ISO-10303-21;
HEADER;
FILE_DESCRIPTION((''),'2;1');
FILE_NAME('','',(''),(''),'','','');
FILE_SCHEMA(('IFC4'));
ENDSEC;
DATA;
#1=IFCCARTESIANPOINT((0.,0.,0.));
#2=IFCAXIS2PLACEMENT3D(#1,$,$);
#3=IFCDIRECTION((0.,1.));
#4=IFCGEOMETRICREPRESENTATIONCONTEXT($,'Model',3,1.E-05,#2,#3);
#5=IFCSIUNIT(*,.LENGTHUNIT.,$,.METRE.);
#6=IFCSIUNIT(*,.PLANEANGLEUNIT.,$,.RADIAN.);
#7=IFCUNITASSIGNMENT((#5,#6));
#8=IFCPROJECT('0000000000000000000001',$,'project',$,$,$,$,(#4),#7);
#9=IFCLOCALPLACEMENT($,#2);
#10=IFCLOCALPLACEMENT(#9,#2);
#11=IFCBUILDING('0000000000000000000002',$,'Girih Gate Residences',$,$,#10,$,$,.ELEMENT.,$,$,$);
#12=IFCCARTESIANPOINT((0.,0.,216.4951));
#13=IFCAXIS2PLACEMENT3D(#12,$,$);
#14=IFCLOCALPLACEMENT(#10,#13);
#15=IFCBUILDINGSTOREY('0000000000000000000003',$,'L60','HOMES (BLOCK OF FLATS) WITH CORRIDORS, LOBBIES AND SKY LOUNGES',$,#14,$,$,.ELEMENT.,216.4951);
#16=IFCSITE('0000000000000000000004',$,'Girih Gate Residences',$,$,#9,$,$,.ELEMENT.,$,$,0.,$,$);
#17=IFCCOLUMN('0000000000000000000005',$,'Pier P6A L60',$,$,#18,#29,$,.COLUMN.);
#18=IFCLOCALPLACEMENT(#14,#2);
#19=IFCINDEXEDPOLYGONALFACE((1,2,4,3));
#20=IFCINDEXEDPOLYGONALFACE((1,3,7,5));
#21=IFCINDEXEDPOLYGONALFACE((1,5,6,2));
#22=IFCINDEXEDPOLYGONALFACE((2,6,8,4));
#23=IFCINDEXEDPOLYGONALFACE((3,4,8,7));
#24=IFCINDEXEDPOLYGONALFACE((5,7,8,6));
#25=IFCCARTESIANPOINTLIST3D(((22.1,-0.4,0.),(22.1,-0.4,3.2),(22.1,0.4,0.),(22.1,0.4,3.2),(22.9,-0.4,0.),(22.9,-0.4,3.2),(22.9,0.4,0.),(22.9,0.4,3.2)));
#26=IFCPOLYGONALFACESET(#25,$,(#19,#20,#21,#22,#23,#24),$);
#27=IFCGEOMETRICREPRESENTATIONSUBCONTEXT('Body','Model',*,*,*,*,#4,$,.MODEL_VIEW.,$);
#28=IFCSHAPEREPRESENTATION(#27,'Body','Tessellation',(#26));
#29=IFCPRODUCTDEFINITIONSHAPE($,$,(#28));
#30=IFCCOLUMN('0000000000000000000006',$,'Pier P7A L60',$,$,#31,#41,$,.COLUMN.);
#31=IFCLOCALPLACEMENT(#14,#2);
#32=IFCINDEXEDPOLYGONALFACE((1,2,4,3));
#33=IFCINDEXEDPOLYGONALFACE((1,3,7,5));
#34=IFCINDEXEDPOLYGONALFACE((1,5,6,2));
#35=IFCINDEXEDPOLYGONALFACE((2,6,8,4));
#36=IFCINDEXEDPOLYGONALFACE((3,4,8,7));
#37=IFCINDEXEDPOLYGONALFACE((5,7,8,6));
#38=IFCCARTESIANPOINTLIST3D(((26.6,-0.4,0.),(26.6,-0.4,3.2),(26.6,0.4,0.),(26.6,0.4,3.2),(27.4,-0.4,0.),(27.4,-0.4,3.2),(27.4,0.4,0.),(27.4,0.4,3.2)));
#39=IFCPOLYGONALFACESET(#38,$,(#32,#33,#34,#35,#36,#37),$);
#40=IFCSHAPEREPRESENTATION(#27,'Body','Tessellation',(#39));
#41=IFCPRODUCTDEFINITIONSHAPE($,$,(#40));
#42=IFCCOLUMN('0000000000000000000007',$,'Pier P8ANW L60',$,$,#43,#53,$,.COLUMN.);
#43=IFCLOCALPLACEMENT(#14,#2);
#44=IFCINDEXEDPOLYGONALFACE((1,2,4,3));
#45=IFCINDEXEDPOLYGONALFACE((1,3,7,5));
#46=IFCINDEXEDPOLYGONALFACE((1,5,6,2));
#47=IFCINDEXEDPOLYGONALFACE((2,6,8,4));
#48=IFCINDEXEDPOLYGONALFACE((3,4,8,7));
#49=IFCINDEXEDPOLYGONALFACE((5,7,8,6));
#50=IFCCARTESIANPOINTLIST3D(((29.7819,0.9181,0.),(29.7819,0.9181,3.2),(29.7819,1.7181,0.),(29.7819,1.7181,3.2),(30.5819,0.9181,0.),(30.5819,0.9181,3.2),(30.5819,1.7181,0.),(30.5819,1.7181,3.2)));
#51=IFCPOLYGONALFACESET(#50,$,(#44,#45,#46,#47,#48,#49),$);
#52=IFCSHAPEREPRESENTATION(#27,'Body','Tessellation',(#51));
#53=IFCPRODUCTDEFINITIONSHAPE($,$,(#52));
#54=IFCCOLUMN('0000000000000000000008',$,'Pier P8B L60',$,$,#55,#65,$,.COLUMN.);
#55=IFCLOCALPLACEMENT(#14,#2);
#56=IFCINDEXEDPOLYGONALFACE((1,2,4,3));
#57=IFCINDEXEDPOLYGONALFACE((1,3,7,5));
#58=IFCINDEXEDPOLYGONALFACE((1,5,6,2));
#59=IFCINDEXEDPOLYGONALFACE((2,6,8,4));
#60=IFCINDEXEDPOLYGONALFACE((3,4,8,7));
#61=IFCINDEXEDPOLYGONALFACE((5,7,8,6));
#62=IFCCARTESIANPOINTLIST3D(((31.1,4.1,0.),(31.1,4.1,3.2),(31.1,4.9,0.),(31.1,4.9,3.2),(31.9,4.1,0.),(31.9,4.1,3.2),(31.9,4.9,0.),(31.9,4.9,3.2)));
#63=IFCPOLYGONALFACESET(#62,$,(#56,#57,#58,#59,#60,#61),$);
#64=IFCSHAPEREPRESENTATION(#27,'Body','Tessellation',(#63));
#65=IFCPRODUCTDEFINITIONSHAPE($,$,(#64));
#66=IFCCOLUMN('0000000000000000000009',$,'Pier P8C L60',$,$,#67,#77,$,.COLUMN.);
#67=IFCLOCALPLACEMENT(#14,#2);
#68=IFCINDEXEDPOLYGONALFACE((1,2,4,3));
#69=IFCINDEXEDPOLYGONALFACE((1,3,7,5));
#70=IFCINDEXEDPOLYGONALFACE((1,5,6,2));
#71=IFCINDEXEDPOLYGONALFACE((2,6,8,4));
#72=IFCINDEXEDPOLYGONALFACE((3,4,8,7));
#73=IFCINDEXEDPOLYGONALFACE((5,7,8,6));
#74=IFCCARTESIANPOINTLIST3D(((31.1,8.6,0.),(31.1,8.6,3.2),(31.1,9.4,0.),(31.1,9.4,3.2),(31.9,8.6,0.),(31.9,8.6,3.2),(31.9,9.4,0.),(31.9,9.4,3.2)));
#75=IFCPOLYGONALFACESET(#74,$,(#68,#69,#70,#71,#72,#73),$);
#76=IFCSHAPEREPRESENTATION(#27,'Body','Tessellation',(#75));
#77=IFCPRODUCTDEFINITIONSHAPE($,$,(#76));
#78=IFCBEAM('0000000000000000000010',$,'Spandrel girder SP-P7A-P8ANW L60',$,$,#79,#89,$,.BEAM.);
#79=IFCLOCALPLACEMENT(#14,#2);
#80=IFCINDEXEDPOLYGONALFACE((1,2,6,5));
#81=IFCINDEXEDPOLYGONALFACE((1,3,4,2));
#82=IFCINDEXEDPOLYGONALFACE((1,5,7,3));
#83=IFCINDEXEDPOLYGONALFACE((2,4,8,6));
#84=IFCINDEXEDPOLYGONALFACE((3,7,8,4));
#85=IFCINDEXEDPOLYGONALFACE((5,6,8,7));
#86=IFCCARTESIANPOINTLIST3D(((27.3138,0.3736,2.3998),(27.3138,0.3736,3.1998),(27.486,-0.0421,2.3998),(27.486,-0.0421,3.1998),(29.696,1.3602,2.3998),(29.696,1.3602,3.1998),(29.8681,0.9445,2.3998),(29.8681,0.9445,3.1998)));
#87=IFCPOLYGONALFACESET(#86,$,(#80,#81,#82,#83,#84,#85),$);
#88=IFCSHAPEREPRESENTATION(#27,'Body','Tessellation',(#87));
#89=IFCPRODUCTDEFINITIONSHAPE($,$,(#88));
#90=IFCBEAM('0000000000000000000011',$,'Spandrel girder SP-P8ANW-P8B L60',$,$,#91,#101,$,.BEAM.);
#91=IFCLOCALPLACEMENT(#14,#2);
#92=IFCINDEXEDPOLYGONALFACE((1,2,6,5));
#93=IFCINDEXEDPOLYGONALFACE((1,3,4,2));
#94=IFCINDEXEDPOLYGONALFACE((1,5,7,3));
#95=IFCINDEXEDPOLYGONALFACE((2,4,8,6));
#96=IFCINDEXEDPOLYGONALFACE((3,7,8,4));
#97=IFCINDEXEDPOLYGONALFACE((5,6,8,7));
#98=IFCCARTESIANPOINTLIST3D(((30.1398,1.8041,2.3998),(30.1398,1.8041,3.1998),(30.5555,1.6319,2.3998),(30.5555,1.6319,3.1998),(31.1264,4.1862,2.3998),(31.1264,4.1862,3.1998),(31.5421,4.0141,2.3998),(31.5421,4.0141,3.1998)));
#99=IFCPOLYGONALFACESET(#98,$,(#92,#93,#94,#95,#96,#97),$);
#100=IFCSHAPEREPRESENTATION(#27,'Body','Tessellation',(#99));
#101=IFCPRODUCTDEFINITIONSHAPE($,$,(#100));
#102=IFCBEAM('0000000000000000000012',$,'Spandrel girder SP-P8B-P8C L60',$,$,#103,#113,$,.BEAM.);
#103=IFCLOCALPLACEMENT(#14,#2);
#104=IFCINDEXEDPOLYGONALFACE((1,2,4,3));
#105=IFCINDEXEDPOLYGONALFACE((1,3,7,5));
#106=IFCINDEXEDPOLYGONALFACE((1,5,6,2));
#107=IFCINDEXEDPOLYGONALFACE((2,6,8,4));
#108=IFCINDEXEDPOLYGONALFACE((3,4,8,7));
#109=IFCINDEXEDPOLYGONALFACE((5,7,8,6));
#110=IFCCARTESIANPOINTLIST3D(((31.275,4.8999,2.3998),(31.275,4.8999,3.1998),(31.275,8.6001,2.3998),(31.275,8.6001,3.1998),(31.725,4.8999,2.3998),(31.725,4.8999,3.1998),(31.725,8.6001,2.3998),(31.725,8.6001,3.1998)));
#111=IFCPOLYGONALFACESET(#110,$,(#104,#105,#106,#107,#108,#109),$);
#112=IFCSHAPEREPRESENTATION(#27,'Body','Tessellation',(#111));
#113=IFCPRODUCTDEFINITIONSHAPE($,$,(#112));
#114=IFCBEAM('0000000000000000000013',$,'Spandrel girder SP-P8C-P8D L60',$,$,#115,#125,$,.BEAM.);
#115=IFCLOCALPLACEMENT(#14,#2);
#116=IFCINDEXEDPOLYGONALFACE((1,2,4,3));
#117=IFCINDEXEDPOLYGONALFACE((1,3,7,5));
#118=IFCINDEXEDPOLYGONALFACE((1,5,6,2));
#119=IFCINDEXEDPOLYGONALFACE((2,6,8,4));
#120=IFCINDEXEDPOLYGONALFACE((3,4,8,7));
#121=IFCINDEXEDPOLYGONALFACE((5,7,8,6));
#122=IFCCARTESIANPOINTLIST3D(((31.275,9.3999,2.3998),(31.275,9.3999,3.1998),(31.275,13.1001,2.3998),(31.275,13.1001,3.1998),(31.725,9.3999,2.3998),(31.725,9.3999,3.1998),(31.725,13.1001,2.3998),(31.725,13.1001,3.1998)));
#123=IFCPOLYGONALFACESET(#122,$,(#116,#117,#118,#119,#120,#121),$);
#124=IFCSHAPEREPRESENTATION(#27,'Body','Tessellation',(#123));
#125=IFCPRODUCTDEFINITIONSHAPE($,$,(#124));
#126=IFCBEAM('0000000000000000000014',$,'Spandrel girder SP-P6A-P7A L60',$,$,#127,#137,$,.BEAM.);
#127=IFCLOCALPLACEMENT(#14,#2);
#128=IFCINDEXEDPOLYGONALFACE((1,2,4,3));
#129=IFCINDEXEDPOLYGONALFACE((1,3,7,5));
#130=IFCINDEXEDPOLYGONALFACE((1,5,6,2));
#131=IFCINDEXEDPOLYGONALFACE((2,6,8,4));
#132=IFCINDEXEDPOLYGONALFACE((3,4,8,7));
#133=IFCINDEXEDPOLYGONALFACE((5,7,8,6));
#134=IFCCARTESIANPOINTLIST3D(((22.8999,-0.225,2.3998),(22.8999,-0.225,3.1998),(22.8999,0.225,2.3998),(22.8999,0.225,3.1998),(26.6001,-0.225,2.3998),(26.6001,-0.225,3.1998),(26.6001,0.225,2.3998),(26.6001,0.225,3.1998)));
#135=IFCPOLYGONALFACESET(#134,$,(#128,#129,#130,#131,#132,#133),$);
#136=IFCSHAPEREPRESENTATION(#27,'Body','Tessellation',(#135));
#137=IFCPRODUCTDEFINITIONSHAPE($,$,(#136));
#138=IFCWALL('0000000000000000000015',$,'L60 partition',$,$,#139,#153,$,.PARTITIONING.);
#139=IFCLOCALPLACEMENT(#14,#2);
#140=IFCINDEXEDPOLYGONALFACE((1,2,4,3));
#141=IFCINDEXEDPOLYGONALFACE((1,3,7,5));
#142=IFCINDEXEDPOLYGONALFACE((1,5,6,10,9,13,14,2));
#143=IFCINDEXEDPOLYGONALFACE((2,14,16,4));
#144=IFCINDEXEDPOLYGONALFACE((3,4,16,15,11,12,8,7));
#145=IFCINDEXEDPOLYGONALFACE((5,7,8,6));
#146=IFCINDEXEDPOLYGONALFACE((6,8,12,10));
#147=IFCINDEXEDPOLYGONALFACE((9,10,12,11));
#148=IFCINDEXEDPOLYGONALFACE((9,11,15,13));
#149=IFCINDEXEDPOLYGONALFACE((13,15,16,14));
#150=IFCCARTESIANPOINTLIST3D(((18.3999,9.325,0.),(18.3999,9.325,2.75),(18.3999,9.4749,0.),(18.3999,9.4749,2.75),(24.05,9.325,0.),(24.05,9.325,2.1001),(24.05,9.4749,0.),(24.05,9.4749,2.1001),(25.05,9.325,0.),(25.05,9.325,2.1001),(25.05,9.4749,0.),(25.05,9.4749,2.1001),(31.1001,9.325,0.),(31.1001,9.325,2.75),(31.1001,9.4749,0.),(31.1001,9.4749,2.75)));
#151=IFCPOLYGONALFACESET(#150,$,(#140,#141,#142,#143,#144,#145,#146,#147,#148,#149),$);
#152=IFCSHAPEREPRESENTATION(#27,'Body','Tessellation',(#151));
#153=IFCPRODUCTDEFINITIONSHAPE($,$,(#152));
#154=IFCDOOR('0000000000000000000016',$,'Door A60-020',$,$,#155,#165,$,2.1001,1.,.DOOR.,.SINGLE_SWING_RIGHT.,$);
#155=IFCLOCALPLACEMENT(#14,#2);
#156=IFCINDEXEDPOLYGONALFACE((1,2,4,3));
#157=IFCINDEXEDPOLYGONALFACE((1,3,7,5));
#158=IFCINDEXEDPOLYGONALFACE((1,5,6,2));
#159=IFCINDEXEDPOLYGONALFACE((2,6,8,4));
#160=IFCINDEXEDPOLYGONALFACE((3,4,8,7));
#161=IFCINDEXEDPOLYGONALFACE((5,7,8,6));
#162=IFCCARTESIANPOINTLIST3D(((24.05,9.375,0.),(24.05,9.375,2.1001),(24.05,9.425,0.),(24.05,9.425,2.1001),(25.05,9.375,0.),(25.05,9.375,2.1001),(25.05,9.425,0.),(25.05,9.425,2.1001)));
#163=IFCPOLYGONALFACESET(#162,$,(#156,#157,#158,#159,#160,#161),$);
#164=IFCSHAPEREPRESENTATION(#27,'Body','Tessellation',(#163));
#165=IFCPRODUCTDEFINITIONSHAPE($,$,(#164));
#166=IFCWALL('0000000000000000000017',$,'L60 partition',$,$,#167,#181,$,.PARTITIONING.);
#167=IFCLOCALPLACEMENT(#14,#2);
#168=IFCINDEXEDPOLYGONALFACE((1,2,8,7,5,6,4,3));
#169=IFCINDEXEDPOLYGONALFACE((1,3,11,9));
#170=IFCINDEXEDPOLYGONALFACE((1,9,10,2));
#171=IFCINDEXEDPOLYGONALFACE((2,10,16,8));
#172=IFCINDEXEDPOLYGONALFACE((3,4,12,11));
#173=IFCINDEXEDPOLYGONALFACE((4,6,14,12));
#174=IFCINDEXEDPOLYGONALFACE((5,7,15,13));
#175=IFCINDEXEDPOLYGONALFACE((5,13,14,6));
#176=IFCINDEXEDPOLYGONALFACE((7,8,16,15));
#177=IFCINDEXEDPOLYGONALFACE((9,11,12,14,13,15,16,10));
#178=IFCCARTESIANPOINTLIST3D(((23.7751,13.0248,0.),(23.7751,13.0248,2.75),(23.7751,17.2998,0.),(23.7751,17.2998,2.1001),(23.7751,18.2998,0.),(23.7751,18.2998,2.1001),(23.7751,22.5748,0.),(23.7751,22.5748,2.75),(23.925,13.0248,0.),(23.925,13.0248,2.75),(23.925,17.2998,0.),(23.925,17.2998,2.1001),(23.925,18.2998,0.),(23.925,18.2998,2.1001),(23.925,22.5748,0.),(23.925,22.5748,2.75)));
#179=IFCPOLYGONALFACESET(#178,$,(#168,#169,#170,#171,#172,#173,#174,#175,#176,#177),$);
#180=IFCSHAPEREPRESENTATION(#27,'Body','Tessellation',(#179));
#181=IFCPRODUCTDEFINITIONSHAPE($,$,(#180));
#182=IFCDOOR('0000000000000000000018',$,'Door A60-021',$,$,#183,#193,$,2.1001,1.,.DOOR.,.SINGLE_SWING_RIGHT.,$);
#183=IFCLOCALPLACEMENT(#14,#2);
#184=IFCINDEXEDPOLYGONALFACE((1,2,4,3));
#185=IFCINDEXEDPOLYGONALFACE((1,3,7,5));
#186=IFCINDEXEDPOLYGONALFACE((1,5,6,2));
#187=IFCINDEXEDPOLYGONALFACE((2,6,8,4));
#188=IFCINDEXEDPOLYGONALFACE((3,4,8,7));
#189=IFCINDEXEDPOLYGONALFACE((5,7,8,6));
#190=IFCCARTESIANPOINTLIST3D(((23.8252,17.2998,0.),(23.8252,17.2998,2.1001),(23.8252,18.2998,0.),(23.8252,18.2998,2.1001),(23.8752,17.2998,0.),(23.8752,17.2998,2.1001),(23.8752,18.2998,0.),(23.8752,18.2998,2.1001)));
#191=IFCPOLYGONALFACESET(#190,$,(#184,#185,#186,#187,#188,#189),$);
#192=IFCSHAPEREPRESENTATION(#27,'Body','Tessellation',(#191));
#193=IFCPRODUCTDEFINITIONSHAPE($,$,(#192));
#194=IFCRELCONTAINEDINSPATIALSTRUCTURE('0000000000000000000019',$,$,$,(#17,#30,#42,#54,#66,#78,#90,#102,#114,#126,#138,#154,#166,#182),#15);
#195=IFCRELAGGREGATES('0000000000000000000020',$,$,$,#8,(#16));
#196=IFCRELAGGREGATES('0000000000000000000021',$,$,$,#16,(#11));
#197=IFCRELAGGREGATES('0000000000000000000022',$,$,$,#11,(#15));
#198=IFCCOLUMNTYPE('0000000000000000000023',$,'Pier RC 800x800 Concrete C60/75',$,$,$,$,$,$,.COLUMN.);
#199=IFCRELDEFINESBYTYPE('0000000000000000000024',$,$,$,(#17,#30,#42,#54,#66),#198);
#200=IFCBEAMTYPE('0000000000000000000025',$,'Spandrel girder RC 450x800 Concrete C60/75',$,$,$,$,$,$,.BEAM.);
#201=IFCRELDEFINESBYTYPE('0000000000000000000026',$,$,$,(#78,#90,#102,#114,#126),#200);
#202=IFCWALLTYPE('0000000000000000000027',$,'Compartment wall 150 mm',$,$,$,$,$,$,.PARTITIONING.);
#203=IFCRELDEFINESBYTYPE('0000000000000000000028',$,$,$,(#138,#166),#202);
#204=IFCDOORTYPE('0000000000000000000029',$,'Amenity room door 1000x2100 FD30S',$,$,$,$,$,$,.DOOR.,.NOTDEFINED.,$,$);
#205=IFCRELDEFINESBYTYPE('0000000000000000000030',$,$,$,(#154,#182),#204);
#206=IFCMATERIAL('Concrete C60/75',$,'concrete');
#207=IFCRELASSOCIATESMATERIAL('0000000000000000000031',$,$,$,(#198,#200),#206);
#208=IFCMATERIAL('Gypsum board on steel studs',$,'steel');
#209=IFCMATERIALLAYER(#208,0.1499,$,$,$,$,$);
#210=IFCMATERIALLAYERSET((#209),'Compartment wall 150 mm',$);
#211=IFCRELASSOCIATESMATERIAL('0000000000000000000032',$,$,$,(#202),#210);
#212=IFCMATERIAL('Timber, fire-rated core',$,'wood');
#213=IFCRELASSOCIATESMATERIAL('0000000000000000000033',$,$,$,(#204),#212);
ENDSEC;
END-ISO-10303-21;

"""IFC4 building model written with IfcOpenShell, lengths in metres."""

from ifc_helpers import new_model, si_unit, direction, frame, frame_2d, origin, origin_2d, place, context, subcontext, project, spatial, rectangle, extrude, material, layer, layer_set, material_profile, profile_set, type_object, element, fill, save


model = new_model("IFC4")

# Units and contexts
model_context = context("Model", 3, precision=1e-05, world=origin(), true_north=direction((0.0, 1.0)))
body_context = subcontext(model_context, "Body", "Model", "MODEL_VIEW")
ifc_project = project(units=[si_unit("LENGTHUNIT", "METRE"), si_unit("PLANEANGLEUNIT", "RADIAN")], contexts=[model_context])

# Site, building, storey
site_placement = place(None, origin())
site = spatial("IfcSite", under=ifc_project, at=site_placement, Name="Girih Gate Residences", CompositionType="ELEMENT", RefElevation=0.0)
building_placement = place(site_placement, origin())
building = spatial("IfcBuilding", under=site, at=building_placement, Name="Girih Gate Residences", CompositionType="ELEMENT")
storey_placement = place(building_placement, frame((0.0, 0.0, 216.4951)))
storey = spatial("IfcBuildingStorey", under=building, at=storey_placement, Name="L60", Description="HOMES (BLOCK OF FLATS) WITH CORRIDORS, LOBBIES AND SKY LOUNGES", CompositionType="ELEMENT", Elevation=216.4951)

# Columns
ifc_material_1 = material(Name="Concrete C60/75", Category="concrete")
ifc_material_profile_1 = material_profile(ifc_material_1, rectangle(XDim=0.8, YDim=0.8, at=origin_2d()))
ifc_profile_set_1 = profile_set([ifc_material_profile_1], Name="Concrete C60/75")
column_type = type_object("IfcColumnType", Name="Pier RC 800x800 Concrete C60/75", PredefinedType="COLUMN", material=ifc_profile_set_1)
for number, where, z_axis, x_axis, name in (
    (1, (22.5, 0.0, 0.0), (0.0, 0.0, 1.0), (1.0, 0.0, 0.0), "Pier P6A L60"),
    (2, (27.0, 0.0, 0.0), (0.0, 0.0, 1.0), (1.0, 0.0, 0.0), "Pier P7A L60"),
    (3, (30.1819, 1.3181, 0.0), (0.0, 0.0, 1.0), (1.0, 0.0, 0.0), "Pier P8ANW L60"),
    (4, (31.5, 4.5, 0.0), (0.0, 0.0, 1.0), (1.0, 0.0, 0.0), "Pier P8B L60"),
    (5, (31.5, 9.0, 0.0), (0.0, 0.0, 1.0), (1.0, 0.0, 0.0), "Pier P8C L60"),
):
    element("IfcColumn", number, at=place(storey_placement, frame(where, z_axis=z_axis, x_axis=x_axis)), inside=storey, type_object=column_type, Name=name, PredefinedType="COLUMN", context=body_context, shape_type="SweptSolid", body=[
        extrude(rectangle(XDim=0.8, YDim=0.8, at=origin_2d()), origin(), (0.0, 0.0, 1.0), 3.2),
    ])

# Beams
ifc_material_profile_2 = material_profile(ifc_material_1, rectangle(XDim=0.45, YDim=0.8, at=origin_2d()))
ifc_profile_set_2 = profile_set([ifc_material_profile_2], Name="Concrete C60/75")
beam_type = type_object("IfcBeamType", Name="Spandrel girder RC 450x800 Concrete C60/75", PredefinedType="BEAM", material=ifc_profile_set_2)
for number, where, z_axis, x_axis, name in (
    (6, (27.3999, 0.1658, 2.7998), (0.923896, 0.382644, 0.0), (-0.382644, 0.923896, 0.0), "Spandrel girder SP-P7A-P8ANW L60"),
    (7, (30.3477, 1.718, 2.7998), (0.382644, 0.923896, 0.0), (-0.923896, 0.382644, 0.0), "Spandrel girder SP-P8ANW-P8B L60"),
):
    element("IfcBeam", number, at=place(storey_placement, frame(where, z_axis=z_axis, x_axis=x_axis)), inside=storey, type_object=beam_type, Name=name, PredefinedType="BEAM", context=body_context, shape_type="SweptSolid", body=[
        extrude(rectangle(XDim=0.45, YDim=0.8, at=origin_2d()), origin(), (0.0, 0.0, 1.0), 2.5784),
    ])
for number, where, z_axis, x_axis, name in (
    (8, (31.5, 4.8999, 2.7998), (0.0, 1.0, 0.0), (-1.0, 0.0, 0.0), "Spandrel girder SP-P8B-P8C L60"),
    (9, (31.5, 9.3999, 2.7998), (0.0, 1.0, 0.0), (-1.0, 0.0, 0.0), "Spandrel girder SP-P8C-P8D L60"),
    (10, (22.8999, 0.0, 2.7998), (1.0, 0.0, 0.0), (0.0, 1.0, 0.0), "Spandrel girder SP-P6A-P7A L60"),
):
    element("IfcBeam", number, at=place(storey_placement, frame(where, z_axis=z_axis, x_axis=x_axis)), inside=storey, type_object=beam_type, Name=name, PredefinedType="BEAM", context=body_context, shape_type="SweptSolid", body=[
        extrude(rectangle(XDim=0.45, YDim=0.8, at=origin_2d()), origin(), (0.0, 0.0, 1.0), 3.7002),
    ])

# Walls, openings, doors
ifc_material_2 = material(Name="Gypsum board on steel studs", Category="steel")
ifc_layer_1 = layer(ifc_material_2, 0.1499)
ifc_layer_set_1 = layer_set([ifc_layer_1], Name="Compartment wall 150 mm")
wall_type_1 = type_object("IfcWallType", Name="Compartment wall 150 mm", PredefinedType="PARTITIONING", material=ifc_layer_set_1)
wall_1_placement = place(storey_placement, frame((31.1001, 9.3999, 0.0), z_axis=(0.0, 0.0, 1.0), x_axis=(-1.0, 0.0, 0.0)))
wall_1 = element("IfcWall", 11, at=wall_1_placement, inside=storey, type_object=wall_type_1, Name="L60 partition", PredefinedType="PARTITIONING", context=body_context, shape_type="SweptSolid", body=[
    extrude(rectangle(XDim=12.7002, YDim=0.1499, at=frame_2d((6.3501, 0.0))), origin(), (0.0, 0.0, 1.0), 2.75),
])
opening_1_placement = place(wall_1_placement, frame((6.05, 0.0, 0.0)))
opening_1 = element("IfcOpeningElement", 12, at=opening_1_placement, cuts=wall_1, PredefinedType="OPENING", context=body_context, shape_type="SweptSolid", body=[
    extrude(rectangle(XDim=1.0, YDim=2.1001, at=frame_2d((0.5, 1.05))), frame((0.0, 0.085, 0.0), z_axis=(0.0, -1.0, 0.0), x_axis=(1.0, 0.0, 0.0)), (0.0, 0.0, 1.0), 0.1699),
])
ifc_material_3 = material(Name="Timber, fire-rated core", Category="wood")
door_type = type_object("IfcDoorType", Name="Amenity room door 1000x2100 FD30S", OperationType="NOTDEFINED", PredefinedType="DOOR", material=ifc_material_3)
door_1_placement = place(opening_1_placement, origin())
door_1 = element("IfcDoor", 13, at=door_1_placement, inside=storey, type_object=door_type, Name="Door A60-020", OperationType="SINGLE_SWING_RIGHT", OverallHeight=2.1001, OverallWidth=1.0, PredefinedType="DOOR", context=body_context, shape_type="SweptSolid", body=[
    extrude(rectangle(XDim=1.0, YDim=2.1001, at=frame_2d((0.5, 1.05))), frame((0.0, 0.0249, 0.0), z_axis=(0.0, -1.0, 0.0), x_axis=(1.0, 0.0, 0.0)), (0.0, 0.0, 1.0), 0.05),
])
fill(opening_1, door_1)
wall_2_placement = place(storey_placement, frame((23.8501, 13.0249, 0.0), z_axis=(0.0, 0.0, 1.0), x_axis=(0.0, 1.0, 0.0)))
wall_2 = element("IfcWall", 14, at=wall_2_placement, inside=storey, type_object=wall_type_1, Name="L60 partition", PredefinedType="PARTITIONING", context=body_context, shape_type="SweptSolid", body=[
    extrude(rectangle(XDim=9.55, YDim=0.1499, at=frame_2d((4.7749, 0.0))), origin(), (0.0, 0.0, 1.0), 2.75),
])
opening_2_placement = place(wall_2_placement, frame((4.2749, 0.0, 0.0)))
opening_2 = element("IfcOpeningElement", 15, at=opening_2_placement, cuts=wall_2, PredefinedType="OPENING", context=body_context, shape_type="SweptSolid", body=[
    extrude(rectangle(XDim=1.0, YDim=2.1001, at=frame_2d((0.5, 1.05))), frame((0.0, 0.085, 0.0), z_axis=(0.0, -1.0, 0.0), x_axis=(1.0, 0.0, 0.0)), (0.0, 0.0, 1.0), 0.1699),
])
door_2_placement = place(opening_2_placement, origin())
door_2 = element("IfcDoor", 16, at=door_2_placement, inside=storey, type_object=door_type, Name="Door A60-021", OperationType="SINGLE_SWING_RIGHT", OverallHeight=2.1001, OverallWidth=1.0, PredefinedType="DOOR", context=body_context, shape_type="SweptSolid", body=[
    extrude(rectangle(XDim=1.0, YDim=2.1001, at=frame_2d((0.5, 1.05))), frame((0.0, 0.0249, 0.0), z_axis=(0.0, -1.0, 0.0), x_axis=(1.0, 0.0, 0.0)), (0.0, 0.0, 1.0), 0.05),
])
fill(opening_2, door_2)

save(model, "model.ifc")
